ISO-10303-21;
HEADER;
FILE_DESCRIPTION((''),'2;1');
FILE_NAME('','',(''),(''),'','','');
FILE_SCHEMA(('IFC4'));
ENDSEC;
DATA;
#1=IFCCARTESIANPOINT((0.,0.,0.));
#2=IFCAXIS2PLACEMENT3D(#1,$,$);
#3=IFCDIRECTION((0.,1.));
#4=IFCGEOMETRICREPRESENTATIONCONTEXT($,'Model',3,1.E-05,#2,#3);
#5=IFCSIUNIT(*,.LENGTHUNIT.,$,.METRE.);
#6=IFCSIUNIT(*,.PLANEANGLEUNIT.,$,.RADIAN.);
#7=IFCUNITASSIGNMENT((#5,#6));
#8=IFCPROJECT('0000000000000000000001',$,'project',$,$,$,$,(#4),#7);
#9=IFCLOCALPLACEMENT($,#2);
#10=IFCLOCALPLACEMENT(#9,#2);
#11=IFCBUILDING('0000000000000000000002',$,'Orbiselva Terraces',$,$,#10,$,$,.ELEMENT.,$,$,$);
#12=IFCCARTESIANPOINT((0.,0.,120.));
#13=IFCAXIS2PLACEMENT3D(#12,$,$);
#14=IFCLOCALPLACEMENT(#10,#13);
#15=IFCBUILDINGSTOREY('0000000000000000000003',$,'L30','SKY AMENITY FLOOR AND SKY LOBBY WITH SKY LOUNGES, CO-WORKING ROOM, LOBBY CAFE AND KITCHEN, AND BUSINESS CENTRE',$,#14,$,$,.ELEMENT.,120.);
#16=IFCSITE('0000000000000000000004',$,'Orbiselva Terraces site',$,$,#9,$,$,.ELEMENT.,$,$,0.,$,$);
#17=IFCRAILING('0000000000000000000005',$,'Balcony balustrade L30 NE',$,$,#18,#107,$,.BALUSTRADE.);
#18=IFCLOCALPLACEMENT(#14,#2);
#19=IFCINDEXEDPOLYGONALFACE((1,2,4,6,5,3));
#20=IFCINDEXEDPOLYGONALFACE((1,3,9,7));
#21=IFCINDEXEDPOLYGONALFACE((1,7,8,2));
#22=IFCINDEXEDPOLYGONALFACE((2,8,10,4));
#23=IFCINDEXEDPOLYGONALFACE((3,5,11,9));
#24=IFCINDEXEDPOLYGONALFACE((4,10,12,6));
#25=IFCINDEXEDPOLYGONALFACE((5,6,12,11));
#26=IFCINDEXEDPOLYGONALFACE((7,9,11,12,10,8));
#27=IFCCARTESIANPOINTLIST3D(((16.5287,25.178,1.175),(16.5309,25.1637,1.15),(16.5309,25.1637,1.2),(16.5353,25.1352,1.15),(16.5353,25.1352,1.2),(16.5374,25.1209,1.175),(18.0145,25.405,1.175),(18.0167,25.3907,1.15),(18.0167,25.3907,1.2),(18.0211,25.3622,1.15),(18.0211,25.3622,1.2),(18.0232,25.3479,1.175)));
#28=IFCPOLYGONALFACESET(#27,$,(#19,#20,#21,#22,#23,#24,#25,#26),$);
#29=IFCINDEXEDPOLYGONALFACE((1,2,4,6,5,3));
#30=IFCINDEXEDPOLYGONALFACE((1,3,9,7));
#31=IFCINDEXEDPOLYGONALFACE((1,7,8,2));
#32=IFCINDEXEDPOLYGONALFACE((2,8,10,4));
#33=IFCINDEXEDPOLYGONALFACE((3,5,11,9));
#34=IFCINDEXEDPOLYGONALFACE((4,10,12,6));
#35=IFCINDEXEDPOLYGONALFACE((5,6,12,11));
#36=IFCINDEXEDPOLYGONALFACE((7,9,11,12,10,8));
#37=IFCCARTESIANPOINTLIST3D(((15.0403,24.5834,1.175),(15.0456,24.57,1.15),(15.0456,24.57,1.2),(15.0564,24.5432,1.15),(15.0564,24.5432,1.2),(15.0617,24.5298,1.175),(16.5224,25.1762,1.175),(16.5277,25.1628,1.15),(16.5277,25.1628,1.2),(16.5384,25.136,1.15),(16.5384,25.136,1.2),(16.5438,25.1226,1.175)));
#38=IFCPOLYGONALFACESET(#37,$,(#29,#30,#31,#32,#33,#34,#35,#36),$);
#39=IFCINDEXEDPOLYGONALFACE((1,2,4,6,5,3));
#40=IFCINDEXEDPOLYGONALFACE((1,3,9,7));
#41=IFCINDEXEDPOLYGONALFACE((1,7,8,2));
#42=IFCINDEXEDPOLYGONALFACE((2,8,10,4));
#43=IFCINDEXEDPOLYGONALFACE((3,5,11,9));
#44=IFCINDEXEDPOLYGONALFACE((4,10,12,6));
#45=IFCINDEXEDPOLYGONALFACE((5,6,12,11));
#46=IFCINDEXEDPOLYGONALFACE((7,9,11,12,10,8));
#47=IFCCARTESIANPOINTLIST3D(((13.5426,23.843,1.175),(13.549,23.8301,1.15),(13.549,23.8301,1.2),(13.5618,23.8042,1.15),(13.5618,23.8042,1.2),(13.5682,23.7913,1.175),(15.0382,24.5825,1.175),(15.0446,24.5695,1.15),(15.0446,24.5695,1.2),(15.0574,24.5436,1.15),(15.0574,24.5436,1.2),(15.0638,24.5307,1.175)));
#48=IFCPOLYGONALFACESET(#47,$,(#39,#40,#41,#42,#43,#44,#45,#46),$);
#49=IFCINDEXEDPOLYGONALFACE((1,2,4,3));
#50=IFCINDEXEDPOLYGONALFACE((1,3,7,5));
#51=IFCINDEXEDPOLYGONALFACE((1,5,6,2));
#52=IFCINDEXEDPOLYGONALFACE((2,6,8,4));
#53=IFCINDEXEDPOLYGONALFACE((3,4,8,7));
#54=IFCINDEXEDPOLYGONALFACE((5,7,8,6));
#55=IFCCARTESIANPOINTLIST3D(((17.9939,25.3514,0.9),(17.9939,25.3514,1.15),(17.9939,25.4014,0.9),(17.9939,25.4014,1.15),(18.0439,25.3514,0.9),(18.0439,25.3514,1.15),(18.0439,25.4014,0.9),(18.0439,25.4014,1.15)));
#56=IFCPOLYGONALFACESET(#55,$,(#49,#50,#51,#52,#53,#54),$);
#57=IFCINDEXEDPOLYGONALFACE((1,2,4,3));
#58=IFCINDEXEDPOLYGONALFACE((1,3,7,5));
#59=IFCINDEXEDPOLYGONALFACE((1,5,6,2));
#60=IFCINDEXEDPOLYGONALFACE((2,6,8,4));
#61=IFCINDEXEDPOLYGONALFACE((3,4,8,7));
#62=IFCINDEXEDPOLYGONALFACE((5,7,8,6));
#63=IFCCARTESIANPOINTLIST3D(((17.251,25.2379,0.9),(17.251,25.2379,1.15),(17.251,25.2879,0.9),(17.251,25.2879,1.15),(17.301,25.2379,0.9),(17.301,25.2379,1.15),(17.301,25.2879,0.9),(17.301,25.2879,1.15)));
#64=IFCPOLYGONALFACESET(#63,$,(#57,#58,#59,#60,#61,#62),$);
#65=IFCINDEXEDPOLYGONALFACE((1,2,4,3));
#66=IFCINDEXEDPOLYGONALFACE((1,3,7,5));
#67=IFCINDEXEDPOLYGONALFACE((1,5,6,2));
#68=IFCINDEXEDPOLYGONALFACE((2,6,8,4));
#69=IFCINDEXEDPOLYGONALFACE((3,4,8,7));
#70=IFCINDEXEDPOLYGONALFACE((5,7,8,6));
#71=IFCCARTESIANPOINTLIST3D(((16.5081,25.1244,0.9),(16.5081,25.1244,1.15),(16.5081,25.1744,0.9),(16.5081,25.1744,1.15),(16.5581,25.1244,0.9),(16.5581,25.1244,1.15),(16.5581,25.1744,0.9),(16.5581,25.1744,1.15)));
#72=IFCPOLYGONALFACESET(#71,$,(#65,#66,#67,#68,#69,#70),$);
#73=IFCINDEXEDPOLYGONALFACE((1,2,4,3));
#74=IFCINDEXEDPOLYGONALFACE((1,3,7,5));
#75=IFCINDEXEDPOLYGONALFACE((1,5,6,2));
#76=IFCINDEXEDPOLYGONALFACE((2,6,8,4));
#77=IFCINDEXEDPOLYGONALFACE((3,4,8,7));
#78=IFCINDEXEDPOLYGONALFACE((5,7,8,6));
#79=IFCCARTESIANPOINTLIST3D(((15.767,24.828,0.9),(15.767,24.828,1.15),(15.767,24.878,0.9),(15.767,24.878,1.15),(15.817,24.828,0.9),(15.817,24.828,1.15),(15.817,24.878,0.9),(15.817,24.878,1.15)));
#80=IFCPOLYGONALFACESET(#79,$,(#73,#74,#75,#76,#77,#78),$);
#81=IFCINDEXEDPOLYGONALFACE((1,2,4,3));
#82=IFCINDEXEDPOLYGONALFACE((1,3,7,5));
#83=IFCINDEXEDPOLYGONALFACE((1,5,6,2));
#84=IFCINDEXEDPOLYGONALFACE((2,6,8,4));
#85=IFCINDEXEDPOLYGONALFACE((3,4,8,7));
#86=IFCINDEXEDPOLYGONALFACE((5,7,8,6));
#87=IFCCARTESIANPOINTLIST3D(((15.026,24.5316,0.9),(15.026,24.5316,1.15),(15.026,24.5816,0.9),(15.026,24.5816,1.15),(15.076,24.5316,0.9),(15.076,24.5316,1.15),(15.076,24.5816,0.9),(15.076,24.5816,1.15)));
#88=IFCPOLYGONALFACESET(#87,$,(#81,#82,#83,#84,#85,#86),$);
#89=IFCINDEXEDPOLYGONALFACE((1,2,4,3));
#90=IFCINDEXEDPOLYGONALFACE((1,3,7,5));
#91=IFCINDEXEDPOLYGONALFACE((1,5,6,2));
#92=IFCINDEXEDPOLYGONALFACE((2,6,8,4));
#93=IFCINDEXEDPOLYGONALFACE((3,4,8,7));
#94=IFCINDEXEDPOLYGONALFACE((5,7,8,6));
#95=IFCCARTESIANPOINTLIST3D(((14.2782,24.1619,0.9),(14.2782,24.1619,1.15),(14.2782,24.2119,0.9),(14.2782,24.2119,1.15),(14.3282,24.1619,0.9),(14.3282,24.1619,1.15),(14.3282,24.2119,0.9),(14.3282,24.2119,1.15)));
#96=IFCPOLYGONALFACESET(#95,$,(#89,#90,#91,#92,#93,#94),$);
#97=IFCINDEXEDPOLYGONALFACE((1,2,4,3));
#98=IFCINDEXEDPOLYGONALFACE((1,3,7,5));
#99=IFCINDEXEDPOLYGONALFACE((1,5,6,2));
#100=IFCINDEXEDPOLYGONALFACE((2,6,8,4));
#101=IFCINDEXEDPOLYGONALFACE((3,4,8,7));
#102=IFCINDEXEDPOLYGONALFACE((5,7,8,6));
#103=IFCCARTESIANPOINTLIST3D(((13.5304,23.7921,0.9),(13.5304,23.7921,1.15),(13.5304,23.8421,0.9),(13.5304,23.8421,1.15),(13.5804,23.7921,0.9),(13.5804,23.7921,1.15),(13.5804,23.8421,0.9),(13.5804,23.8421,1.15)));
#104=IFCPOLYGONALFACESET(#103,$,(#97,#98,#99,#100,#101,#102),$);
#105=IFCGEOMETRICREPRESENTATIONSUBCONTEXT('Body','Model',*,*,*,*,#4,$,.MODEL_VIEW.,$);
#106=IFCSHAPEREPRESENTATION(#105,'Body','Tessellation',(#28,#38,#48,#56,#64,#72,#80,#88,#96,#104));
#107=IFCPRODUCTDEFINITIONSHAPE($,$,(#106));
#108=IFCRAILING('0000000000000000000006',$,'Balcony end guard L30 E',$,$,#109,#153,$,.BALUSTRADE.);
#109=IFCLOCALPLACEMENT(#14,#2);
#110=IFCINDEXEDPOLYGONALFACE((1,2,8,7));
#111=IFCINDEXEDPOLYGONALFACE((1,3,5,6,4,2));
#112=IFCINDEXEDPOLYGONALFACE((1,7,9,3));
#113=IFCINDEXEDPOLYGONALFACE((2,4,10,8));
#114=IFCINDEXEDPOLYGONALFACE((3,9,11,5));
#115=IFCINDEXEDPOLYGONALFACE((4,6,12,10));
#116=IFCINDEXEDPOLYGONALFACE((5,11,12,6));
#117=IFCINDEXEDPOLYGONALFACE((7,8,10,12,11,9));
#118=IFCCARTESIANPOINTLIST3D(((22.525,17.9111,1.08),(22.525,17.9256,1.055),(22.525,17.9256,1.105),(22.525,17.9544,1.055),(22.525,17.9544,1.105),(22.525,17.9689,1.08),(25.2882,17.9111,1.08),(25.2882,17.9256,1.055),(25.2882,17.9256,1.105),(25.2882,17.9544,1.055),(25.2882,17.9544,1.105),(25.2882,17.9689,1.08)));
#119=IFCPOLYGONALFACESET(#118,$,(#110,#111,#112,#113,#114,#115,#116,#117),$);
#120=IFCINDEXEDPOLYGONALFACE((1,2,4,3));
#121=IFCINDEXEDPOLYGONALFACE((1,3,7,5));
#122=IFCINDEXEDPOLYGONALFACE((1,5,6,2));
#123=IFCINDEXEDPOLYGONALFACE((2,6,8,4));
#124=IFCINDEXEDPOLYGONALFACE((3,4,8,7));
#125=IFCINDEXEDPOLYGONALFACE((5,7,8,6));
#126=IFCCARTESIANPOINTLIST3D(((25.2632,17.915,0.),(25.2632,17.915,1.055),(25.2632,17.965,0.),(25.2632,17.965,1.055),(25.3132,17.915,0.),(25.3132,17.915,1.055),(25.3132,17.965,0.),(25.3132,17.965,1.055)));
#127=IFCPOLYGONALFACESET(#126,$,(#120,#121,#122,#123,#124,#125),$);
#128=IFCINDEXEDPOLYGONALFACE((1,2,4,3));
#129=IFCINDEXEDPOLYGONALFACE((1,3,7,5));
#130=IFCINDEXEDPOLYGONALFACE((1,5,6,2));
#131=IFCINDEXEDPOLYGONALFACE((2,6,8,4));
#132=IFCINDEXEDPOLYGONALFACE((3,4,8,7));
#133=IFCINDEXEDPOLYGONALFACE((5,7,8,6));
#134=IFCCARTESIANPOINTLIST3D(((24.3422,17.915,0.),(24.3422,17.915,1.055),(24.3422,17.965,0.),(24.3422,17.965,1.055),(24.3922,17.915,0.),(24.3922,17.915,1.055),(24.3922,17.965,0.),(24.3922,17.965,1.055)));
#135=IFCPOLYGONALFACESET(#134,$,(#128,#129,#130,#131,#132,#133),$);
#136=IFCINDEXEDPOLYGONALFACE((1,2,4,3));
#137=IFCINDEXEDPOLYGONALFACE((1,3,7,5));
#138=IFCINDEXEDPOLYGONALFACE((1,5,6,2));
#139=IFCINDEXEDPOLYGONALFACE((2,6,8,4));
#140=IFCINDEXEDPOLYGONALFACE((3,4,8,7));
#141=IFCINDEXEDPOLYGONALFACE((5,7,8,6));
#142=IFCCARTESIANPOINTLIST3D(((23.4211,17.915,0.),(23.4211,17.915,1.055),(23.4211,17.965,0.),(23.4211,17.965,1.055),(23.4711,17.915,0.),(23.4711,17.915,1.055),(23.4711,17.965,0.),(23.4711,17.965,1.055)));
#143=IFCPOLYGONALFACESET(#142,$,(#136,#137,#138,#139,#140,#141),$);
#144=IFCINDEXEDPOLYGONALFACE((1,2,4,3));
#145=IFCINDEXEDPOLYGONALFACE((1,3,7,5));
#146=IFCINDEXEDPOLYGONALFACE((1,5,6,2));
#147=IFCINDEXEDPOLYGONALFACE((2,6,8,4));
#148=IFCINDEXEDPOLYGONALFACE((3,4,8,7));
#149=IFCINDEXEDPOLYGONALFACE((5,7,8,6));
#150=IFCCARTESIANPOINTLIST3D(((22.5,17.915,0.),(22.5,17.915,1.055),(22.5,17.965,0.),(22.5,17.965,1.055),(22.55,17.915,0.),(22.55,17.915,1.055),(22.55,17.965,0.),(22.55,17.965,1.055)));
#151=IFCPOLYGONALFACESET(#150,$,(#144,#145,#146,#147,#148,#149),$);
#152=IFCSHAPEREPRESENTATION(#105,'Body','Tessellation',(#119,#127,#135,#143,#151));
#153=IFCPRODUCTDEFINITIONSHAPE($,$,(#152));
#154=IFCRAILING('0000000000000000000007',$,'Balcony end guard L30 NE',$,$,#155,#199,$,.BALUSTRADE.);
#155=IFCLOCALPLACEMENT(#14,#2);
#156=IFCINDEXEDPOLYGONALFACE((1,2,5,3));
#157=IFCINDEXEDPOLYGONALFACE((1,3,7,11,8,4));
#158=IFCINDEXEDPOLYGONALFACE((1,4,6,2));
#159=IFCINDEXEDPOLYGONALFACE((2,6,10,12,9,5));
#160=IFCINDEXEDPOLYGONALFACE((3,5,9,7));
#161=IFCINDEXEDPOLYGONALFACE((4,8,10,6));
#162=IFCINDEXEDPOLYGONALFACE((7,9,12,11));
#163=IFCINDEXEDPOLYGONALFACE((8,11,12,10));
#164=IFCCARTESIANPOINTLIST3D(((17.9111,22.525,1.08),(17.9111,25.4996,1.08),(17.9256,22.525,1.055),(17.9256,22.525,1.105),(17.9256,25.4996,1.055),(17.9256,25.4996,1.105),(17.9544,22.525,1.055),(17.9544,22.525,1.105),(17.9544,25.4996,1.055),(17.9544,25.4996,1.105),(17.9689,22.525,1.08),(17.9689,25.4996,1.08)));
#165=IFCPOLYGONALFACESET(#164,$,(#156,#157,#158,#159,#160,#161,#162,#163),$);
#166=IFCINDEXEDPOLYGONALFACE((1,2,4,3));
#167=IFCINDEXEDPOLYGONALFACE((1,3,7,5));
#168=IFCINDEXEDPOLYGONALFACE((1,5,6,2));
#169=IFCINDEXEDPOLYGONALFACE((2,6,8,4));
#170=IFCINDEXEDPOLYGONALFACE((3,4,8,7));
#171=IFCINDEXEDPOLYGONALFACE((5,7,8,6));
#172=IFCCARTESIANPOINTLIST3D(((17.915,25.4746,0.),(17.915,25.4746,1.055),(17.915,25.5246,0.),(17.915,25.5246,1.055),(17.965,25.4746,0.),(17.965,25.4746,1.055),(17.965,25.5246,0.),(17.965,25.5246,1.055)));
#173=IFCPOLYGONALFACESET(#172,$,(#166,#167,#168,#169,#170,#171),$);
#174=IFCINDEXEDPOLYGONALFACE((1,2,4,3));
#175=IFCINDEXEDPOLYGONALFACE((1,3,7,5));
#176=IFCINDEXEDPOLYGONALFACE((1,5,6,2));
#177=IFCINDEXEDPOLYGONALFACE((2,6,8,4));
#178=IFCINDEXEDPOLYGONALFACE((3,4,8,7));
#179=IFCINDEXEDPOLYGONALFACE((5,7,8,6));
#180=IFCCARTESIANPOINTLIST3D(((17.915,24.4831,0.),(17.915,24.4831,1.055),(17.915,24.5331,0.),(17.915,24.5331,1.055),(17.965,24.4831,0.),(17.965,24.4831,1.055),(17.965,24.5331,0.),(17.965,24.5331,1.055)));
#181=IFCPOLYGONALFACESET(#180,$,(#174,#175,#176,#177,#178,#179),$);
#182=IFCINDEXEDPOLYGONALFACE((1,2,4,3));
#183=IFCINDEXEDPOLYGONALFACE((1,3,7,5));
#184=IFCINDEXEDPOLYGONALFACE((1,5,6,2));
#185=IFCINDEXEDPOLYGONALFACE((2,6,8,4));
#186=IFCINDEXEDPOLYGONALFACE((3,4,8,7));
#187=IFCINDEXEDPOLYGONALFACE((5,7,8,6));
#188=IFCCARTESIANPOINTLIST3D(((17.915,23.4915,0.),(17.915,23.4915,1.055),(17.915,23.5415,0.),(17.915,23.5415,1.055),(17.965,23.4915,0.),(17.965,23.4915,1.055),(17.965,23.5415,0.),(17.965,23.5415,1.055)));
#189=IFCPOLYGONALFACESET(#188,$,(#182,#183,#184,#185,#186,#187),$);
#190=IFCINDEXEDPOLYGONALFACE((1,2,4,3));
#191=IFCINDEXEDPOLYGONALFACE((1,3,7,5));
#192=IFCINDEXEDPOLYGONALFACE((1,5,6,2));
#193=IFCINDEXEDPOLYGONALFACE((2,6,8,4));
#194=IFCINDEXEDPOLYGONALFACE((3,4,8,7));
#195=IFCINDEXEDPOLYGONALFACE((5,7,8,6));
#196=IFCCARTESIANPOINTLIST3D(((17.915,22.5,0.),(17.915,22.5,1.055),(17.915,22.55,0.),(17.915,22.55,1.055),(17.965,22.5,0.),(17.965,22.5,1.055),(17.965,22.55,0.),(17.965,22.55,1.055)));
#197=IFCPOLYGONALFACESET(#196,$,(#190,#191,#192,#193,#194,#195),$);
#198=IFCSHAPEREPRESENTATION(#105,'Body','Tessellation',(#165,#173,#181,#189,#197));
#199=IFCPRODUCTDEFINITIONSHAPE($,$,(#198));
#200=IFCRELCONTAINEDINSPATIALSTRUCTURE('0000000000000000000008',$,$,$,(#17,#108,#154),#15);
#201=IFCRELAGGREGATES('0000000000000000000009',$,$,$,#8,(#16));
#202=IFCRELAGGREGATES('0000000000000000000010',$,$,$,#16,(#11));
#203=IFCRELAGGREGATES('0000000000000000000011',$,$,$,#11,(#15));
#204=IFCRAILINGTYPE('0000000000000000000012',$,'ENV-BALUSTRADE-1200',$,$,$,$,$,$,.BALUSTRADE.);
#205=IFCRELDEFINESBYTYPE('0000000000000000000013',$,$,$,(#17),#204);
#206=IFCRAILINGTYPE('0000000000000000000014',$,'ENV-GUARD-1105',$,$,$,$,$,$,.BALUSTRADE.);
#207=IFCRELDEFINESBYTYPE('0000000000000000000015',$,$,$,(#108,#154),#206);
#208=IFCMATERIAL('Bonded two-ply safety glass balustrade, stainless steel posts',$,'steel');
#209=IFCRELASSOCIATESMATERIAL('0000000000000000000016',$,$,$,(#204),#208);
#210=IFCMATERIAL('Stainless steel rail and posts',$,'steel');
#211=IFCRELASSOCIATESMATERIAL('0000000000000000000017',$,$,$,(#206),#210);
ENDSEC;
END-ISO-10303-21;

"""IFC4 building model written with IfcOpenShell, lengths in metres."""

from ifc_helpers import new_model, si_unit, direction, frame, origin, origin_2d, place, context, subcontext, project, spatial, polyline, rectangle, outline, extrude, material, type_object, element, save


model = new_model("IFC4")

# Units and contexts
model_context = context("Model", 3, precision=1e-05, world=origin(), true_north=direction((0.0, 1.0)))
body_context = subcontext(model_context, "Body", "Model", "MODEL_VIEW")
ifc_project = project(units=[si_unit("LENGTHUNIT", "METRE"), si_unit("PLANEANGLEUNIT", "RADIAN")], contexts=[model_context])

# Site, building, storey
site_placement = place(None, origin())
site = spatial("IfcSite", under=ifc_project, at=site_placement, Name="Orbiselva Terraces site", CompositionType="ELEMENT", RefElevation=0.0)
building_placement = place(site_placement, origin())
building = spatial("IfcBuilding", under=site, at=building_placement, Name="Orbiselva Terraces", CompositionType="ELEMENT")
storey_placement = place(building_placement, frame((0.0, 0.0, 120.0)))
storey = spatial("IfcBuildingStorey", under=building, at=storey_placement, Name="L30", Description="SKY AMENITY FLOOR AND SKY LOBBY WITH SKY LOUNGES, CO-WORKING ROOM, LOBBY CAFE AND KITCHEN, AND BUSINESS CENTRE", CompositionType="ELEMENT", Elevation=120.0)

# Railings
ifc_material_1 = material(Name="Bonded two-ply safety glass balustrade, stainless steel posts", Category="steel")
railing_type_1 = type_object("IfcRailingType", Name="ENV-BALUSTRADE-1200", PredefinedType="BALUSTRADE", material=ifc_material_1)
railing_1_placement = place(storey_placement, frame((18.0189, 25.3764, 0.9)))
element("IfcRailing", 1, at=railing_1_placement, inside=storey, type_object=railing_type_1, Name="Balcony balustrade L30 NE", PredefinedType="BALUSTRADE", context=body_context, shape_type="SweptSolid", body=[
    extrude(outline(polyline([(0.0289, 0.0), (0.0144, 0.025), (-0.0144, 0.025), (-0.0289, 0.0), (-0.0144, -0.025), (0.0144, -0.025), (0.0289, 0.0)])), frame((0.0, 0.0, 0.275), z_axis=(-0.988529, -0.151034, 0.0), x_axis=(0.151034, -0.988529, 0.0)), (0.0, 0.0, 1.0), 1.503),
    extrude(outline(polyline([(0.0289, 0.0), (0.0144, 0.025), (-0.0144, 0.025), (-0.0289, 0.0), (-0.0144, -0.025), (0.0144, -0.025), (0.0289, 0.0)])), frame((-1.4858, -0.227, 0.275), z_axis=(-0.928477, -0.371391, 0.0), x_axis=(0.371391, -0.928477, 0.0)), (0.0, 0.0, 1.0), 1.5963),
    extrude(outline(polyline([(0.0289, 0.0), (0.0144, 0.025), (-0.0144, 0.025), (-0.0289, 0.0), (-0.0144, -0.025), (0.0144, -0.025), (0.0289, 0.0)])), frame((-2.9679, -0.8198, 0.275), z_axis=(-0.896417, -0.443212, 0.0), x_axis=(0.443212, -0.896417, 0.0)), (0.0, 0.0, 1.0), 1.6684),
    extrude(rectangle(XDim=0.05, YDim=0.05, at=origin_2d()), origin(), (0.0, 0.0, 1.0), 0.25),
    extrude(rectangle(XDim=0.05, YDim=0.05, at=origin_2d()), frame((-0.7429, -0.1135, 0.0)), (0.0, 0.0, 1.0), 0.25),
    extrude(rectangle(XDim=0.05, YDim=0.05, at=origin_2d()), frame((-1.4858, -0.227, 0.0)), (0.0, 0.0, 1.0), 0.25),
    extrude(rectangle(XDim=0.05, YDim=0.05, at=origin_2d()), frame((-2.2268, -0.5234, 0.0)), (0.0, 0.0, 1.0), 0.25),
    extrude(rectangle(XDim=0.05, YDim=0.05, at=origin_2d()), frame((-2.9679, -0.8198, 0.0)), (0.0, 0.0, 1.0), 0.25),
    extrude(rectangle(XDim=0.05, YDim=0.05, at=origin_2d()), frame((-3.7157, -1.1896, 0.0)), (0.0, 0.0, 1.0), 0.25),
    extrude(rectangle(XDim=0.05, YDim=0.05, at=origin_2d()), frame((-4.4635, -1.5593, 0.0)), (0.0, 0.0, 1.0), 0.25),
])
ifc_material_2 = material(Name="Stainless steel rail and posts", Category="steel")
railing_type_2 = type_object("IfcRailingType", Name="ENV-GUARD-1105", PredefinedType="BALUSTRADE", material=ifc_material_2)
railing_2_placement = place(storey_placement, frame((25.2882, 17.94, 0.0)))
element("IfcRailing", 2, at=railing_2_placement, inside=storey, type_object=railing_type_2, Name="Balcony end guard L30 E", PredefinedType="BALUSTRADE", context=body_context, shape_type="SweptSolid", body=[
    extrude(outline(polyline([(0.0289, 0.0), (0.0144, 0.025), (-0.0144, 0.025), (-0.0289, 0.0), (-0.0144, -0.025), (0.0144, -0.025), (0.0289, 0.0)])), frame((0.0, 0.0, 1.08), z_axis=(-1.0, 0.0, 0.0), x_axis=(0.0, -1.0, 0.0)), (0.0, 0.0, 1.0), 2.7632),
    extrude(rectangle(XDim=0.05, YDim=0.05, at=origin_2d()), origin(), (0.0, 0.0, 1.0), 1.055),
    extrude(rectangle(XDim=0.05, YDim=0.05, at=origin_2d()), frame((-0.9211, 0.0, 0.0)), (0.0, 0.0, 1.0), 1.055),
    extrude(rectangle(XDim=0.05, YDim=0.05, at=origin_2d()), frame((-1.8422, 0.0, 0.0)), (0.0, 0.0, 1.0), 1.055),
    extrude(rectangle(XDim=0.05, YDim=0.05, at=origin_2d()), frame((-2.7632, 0.0, 0.0)), (0.0, 0.0, 1.0), 1.055),
])
railing_3_placement = place(storey_placement, frame((17.94, 25.4996, 0.0)))
element("IfcRailing", 3, at=railing_3_placement, inside=storey, type_object=railing_type_2, Name="Balcony end guard L30 NE", PredefinedType="BALUSTRADE", context=body_context, shape_type="SweptSolid", body=[
    extrude(outline(polyline([(0.0289, 0.0), (0.0144, 0.025), (-0.0144, 0.025), (-0.0289, 0.0), (-0.0144, -0.025), (0.0144, -0.025), (0.0289, 0.0)])), frame((0.0, 0.0, 1.08), z_axis=(0.0, -1.0, 0.0), x_axis=(1.0, 0.0, 0.0)), (0.0, 0.0, 1.0), 2.9746),
    extrude(rectangle(XDim=0.05, YDim=0.05, at=origin_2d()), origin(), (0.0, 0.0, 1.0), 1.055),
    extrude(rectangle(XDim=0.05, YDim=0.05, at=origin_2d()), frame((0.0, -0.9915, 0.0)), (0.0, 0.0, 1.0), 1.055),
    extrude(rectangle(XDim=0.05, YDim=0.05, at=origin_2d()), frame((0.0, -1.9831, 0.0)), (0.0, 0.0, 1.0), 1.055),
    extrude(rectangle(XDim=0.05, YDim=0.05, at=origin_2d()), frame((0.0, -2.9746, 0.0)), (0.0, 0.0, 1.0), 1.055),
])

save(model, "model.ifc")
